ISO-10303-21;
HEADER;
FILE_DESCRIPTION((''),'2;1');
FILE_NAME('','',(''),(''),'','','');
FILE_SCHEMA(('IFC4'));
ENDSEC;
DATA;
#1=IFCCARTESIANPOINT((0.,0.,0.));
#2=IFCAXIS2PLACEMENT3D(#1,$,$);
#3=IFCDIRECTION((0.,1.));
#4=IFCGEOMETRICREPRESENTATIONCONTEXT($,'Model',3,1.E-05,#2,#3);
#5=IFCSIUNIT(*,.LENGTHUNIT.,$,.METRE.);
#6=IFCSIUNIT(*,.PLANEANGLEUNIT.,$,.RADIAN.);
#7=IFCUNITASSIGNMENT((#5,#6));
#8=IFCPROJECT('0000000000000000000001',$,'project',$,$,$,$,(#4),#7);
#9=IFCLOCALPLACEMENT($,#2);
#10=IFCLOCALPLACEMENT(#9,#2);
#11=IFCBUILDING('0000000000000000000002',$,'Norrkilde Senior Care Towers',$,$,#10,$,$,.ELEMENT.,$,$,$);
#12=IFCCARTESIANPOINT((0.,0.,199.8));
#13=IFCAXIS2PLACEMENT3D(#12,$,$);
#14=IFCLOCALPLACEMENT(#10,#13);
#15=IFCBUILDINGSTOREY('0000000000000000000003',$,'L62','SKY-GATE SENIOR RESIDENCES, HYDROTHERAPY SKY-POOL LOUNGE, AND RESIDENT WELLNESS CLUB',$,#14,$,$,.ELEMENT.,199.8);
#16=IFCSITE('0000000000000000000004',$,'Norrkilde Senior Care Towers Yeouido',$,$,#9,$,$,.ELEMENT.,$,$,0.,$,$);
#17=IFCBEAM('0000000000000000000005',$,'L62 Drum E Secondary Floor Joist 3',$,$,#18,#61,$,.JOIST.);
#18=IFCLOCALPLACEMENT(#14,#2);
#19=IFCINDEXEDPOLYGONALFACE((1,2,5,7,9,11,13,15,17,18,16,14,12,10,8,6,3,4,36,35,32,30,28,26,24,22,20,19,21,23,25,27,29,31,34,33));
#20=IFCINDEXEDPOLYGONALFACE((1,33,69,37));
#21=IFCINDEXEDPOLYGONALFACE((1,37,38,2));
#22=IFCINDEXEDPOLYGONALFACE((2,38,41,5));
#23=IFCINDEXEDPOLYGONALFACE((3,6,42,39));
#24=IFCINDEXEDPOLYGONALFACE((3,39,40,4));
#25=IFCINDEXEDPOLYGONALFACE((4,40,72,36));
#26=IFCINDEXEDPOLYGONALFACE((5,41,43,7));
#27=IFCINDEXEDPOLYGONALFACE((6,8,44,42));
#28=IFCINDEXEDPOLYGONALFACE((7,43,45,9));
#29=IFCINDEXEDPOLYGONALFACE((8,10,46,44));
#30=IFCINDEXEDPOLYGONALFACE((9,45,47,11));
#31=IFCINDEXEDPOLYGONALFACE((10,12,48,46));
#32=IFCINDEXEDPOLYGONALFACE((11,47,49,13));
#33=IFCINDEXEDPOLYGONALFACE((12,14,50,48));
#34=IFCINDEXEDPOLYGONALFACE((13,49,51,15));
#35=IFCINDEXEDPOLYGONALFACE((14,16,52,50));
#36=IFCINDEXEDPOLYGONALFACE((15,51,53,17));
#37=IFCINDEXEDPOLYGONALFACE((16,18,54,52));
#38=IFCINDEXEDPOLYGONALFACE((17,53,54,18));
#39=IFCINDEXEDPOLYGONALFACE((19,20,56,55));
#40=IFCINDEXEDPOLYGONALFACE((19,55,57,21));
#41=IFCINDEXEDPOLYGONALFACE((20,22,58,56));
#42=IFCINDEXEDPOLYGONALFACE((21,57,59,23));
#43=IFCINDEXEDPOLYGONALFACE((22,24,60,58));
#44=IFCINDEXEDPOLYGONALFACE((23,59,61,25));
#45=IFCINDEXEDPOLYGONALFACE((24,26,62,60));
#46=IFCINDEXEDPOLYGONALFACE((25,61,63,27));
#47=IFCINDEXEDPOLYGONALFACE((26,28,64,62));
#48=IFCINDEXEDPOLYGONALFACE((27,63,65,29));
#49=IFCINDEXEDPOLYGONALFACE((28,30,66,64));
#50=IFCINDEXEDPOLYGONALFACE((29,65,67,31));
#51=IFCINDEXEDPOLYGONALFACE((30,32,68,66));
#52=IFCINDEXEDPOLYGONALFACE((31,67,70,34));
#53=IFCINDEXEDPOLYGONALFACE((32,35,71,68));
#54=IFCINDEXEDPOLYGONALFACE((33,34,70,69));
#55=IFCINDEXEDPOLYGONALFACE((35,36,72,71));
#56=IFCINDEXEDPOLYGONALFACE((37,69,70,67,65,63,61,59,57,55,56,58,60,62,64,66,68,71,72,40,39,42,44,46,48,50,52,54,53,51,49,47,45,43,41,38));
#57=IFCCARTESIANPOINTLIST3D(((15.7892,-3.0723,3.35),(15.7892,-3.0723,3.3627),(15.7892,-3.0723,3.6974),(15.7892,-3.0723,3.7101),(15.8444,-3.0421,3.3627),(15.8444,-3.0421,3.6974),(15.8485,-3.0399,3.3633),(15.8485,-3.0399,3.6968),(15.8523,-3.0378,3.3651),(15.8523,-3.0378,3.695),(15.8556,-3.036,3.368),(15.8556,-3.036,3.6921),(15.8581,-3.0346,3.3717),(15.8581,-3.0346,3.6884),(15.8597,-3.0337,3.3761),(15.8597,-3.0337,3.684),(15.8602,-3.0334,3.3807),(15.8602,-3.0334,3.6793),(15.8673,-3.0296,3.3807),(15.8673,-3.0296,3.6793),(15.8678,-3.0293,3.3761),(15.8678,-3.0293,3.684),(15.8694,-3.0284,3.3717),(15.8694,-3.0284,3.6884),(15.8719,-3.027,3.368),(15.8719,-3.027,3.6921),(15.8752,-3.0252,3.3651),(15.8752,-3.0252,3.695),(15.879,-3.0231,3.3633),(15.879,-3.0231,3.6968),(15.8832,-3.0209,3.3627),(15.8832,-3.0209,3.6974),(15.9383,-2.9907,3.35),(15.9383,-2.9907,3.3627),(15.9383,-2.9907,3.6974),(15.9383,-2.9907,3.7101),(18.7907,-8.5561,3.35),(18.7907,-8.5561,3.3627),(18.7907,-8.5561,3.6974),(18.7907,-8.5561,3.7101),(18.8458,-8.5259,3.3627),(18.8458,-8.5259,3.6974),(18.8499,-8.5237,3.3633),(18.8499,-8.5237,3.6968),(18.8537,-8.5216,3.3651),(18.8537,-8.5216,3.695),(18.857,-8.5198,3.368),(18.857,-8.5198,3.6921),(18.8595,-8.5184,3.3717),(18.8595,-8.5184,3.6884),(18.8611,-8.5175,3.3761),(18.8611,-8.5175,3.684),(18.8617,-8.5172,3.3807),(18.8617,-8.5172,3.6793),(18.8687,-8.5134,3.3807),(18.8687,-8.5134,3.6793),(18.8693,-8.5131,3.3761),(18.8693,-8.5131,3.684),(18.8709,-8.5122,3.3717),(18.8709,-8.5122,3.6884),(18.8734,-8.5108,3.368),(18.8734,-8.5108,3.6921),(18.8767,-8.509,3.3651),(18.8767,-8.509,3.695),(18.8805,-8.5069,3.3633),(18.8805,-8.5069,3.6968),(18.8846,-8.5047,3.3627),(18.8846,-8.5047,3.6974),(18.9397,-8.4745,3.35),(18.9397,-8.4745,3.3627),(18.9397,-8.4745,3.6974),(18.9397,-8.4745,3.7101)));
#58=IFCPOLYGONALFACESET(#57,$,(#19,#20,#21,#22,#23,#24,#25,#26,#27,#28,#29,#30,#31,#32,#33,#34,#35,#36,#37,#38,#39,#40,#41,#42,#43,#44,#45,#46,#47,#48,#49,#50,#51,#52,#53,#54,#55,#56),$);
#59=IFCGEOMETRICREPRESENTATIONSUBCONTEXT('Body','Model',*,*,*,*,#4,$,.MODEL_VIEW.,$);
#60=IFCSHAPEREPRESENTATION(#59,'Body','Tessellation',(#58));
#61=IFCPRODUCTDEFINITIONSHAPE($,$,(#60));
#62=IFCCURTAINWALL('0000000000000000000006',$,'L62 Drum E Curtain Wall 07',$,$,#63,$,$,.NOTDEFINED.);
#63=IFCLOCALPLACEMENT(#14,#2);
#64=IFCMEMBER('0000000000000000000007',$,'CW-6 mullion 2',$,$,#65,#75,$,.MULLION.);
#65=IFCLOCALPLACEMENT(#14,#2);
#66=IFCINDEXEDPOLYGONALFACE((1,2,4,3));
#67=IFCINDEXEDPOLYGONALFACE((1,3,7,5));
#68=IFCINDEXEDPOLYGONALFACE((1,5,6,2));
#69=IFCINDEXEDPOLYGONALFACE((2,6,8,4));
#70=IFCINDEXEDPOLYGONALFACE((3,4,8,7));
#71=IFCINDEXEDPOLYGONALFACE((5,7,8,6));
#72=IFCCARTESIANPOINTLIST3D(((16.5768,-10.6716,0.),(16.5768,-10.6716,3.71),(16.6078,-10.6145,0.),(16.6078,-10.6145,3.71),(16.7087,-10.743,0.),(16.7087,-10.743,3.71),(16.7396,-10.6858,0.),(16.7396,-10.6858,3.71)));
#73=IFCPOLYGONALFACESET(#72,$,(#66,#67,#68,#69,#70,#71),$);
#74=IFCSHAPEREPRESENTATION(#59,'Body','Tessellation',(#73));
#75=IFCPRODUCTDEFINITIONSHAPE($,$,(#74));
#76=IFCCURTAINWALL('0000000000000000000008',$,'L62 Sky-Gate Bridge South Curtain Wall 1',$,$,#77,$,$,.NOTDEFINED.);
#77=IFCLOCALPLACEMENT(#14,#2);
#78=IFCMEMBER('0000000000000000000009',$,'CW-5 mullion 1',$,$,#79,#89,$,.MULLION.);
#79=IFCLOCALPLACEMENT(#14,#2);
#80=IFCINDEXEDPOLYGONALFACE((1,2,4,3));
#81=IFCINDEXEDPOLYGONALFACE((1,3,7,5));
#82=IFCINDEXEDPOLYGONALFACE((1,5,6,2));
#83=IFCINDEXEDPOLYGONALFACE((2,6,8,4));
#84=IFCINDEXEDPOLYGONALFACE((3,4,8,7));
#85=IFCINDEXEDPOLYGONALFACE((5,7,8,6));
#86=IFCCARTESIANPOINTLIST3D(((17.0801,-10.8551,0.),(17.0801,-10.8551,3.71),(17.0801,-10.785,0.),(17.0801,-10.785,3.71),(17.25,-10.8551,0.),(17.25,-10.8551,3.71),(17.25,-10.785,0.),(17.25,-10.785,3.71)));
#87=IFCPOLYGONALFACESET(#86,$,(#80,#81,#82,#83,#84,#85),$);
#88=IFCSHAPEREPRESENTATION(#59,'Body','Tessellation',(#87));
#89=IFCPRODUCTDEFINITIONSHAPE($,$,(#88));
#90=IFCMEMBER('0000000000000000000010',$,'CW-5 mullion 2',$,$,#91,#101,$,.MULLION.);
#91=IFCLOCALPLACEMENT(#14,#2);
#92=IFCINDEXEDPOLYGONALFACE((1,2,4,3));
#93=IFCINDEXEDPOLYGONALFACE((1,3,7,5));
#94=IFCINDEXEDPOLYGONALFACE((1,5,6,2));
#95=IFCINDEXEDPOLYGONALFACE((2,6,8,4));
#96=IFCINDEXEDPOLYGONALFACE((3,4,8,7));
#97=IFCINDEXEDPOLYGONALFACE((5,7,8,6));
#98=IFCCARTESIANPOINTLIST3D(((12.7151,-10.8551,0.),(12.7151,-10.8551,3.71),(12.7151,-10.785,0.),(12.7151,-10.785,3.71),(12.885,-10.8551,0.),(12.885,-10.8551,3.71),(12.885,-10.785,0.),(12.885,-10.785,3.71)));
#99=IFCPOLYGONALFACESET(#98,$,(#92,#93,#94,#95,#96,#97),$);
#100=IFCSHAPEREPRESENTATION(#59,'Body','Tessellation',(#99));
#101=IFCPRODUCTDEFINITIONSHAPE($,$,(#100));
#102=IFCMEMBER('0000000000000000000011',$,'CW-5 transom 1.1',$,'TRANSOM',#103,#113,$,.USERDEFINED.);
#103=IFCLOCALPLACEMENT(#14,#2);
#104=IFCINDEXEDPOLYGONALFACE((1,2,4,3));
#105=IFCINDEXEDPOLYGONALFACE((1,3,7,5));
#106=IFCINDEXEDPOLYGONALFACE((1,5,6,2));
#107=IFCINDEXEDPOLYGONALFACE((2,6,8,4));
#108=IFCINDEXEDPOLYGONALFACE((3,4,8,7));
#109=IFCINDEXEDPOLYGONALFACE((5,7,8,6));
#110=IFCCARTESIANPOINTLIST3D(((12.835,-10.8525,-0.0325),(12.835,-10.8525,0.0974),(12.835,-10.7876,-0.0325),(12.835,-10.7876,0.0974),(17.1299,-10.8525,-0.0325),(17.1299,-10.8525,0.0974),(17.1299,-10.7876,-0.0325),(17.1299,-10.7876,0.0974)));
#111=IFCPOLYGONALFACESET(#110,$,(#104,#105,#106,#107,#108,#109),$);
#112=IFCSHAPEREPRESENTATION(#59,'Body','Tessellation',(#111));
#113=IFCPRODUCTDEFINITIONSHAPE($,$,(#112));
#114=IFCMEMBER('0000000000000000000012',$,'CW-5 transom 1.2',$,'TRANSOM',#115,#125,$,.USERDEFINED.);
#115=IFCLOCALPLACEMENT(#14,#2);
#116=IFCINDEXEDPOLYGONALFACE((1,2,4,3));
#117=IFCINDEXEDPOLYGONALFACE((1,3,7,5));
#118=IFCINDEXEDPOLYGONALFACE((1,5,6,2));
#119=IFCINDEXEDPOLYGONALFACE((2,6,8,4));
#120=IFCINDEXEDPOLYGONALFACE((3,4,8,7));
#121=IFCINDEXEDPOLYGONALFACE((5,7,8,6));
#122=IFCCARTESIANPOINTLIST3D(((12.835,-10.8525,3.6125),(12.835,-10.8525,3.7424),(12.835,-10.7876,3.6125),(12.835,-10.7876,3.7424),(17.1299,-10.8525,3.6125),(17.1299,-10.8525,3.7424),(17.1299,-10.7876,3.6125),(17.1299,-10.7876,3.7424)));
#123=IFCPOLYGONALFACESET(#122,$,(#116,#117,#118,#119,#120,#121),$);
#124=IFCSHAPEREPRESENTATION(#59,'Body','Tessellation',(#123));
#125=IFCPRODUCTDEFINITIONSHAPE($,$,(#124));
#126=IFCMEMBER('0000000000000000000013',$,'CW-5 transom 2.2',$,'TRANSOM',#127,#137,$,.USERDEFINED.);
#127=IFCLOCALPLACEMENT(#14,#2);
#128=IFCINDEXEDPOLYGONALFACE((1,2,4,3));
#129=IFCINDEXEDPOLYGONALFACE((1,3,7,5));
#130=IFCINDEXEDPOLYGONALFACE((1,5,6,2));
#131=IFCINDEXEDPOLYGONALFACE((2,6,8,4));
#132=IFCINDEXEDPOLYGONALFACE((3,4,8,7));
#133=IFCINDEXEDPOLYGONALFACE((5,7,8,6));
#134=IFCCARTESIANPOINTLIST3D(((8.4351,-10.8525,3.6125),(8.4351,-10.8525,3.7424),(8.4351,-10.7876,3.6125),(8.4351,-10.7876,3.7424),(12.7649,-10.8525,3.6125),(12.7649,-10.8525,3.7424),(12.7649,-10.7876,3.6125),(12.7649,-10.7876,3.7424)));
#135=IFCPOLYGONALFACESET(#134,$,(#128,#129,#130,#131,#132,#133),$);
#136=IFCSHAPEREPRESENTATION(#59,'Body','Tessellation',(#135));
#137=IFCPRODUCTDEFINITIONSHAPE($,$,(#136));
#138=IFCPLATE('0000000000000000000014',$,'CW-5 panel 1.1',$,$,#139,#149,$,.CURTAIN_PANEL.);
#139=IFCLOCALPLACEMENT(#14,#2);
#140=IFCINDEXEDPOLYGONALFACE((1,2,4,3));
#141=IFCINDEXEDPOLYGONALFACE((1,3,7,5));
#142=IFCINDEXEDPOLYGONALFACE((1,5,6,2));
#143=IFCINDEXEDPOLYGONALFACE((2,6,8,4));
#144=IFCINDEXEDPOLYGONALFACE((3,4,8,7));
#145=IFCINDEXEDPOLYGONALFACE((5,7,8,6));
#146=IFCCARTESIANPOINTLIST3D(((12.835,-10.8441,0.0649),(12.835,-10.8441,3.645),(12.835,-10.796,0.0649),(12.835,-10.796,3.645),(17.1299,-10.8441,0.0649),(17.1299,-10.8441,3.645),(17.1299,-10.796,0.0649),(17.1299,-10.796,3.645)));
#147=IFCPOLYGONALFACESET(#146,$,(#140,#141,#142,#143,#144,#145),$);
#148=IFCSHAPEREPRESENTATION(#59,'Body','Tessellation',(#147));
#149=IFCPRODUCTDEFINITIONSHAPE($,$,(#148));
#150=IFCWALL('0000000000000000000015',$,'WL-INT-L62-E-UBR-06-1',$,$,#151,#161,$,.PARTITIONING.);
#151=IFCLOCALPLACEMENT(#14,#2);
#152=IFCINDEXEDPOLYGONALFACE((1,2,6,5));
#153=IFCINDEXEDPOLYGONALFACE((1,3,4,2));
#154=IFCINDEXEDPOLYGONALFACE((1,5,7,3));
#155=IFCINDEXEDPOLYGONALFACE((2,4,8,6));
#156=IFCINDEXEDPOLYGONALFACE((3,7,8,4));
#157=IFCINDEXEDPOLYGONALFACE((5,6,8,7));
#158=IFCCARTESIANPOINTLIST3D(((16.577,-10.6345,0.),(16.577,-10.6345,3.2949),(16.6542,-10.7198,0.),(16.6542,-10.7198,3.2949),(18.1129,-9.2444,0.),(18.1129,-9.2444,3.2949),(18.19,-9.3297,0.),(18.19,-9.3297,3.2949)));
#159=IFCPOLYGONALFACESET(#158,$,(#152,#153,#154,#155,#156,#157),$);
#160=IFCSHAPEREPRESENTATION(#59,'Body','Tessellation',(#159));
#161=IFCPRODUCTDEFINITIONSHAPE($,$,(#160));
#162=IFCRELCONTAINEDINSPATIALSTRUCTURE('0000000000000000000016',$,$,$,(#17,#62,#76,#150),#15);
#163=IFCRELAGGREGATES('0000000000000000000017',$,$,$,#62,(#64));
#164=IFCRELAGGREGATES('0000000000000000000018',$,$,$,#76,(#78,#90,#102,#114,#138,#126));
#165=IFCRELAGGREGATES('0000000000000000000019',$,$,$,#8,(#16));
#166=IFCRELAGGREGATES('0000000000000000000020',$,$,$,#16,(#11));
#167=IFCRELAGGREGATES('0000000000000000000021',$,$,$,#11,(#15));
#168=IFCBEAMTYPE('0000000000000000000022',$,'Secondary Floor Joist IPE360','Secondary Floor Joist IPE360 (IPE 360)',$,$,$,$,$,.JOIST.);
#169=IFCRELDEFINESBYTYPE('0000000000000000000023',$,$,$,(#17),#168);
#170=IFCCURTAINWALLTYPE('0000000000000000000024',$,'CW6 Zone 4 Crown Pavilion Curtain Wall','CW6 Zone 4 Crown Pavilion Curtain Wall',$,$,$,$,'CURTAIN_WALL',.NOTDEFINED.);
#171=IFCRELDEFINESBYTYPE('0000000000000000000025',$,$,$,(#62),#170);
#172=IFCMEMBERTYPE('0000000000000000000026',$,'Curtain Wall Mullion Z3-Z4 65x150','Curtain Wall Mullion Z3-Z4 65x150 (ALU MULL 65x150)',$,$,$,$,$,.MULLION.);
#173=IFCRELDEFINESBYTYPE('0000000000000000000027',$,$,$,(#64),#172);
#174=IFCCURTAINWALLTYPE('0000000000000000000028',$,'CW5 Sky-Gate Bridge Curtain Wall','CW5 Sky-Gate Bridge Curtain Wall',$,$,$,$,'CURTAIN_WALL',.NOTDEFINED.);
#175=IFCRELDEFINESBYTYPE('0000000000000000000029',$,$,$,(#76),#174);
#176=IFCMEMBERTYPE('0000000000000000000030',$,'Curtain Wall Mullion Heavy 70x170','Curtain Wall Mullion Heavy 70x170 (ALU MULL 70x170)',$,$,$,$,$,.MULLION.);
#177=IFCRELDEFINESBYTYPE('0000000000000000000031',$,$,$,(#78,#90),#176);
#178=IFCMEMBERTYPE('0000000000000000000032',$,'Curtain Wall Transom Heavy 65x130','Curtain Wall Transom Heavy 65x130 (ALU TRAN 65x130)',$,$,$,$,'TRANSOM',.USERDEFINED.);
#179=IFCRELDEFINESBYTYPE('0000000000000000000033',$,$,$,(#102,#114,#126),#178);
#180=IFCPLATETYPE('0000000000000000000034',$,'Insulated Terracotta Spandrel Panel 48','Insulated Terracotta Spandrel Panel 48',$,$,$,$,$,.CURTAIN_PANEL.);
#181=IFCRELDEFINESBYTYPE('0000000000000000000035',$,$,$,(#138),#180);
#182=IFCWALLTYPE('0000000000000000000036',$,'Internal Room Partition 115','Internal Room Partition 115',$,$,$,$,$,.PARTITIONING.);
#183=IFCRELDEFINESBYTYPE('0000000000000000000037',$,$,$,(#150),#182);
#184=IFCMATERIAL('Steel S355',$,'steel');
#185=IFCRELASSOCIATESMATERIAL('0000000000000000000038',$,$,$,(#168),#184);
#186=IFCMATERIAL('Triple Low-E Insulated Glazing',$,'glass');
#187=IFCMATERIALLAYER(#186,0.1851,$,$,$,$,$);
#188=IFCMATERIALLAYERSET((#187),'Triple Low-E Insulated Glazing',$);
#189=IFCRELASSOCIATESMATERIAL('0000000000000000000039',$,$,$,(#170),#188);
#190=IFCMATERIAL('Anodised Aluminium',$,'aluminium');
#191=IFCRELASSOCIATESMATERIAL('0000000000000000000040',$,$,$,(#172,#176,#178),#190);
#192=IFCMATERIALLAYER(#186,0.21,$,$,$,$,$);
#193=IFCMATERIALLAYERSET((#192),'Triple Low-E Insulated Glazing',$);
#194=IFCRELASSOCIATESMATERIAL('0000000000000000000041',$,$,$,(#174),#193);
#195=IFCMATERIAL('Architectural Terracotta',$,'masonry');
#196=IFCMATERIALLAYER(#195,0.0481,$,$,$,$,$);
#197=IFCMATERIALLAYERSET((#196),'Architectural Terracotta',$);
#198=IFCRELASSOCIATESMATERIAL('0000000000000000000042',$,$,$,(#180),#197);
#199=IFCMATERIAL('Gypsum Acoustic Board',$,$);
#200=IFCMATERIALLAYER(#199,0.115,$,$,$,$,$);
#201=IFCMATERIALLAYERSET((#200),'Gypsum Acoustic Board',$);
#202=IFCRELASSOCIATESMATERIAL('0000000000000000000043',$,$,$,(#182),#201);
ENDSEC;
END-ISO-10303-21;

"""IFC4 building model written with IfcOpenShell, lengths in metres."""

from ifc_helpers import new_model, si_unit, direction, frame, frame_2d, origin, origin_2d, place, context, subcontext, project, spatial, rectangle, i_section, extrude, source, transform, mapped, material, layer, layer_set, material_profile, profile_set, type_object, type_shapes, element, aggregate, save


model = new_model("IFC4")

# Units and contexts
model_context = context("Model", 3, precision=1e-05, world=origin(), true_north=direction((0.0, 1.0)))
body_context = subcontext(model_context, "Body", "Model", "MODEL_VIEW")
ifc_project = project(units=[si_unit("LENGTHUNIT", "METRE"), si_unit("PLANEANGLEUNIT", "RADIAN")], contexts=[model_context])

# Site, building, storey
site_placement = place(None, origin())
site = spatial("IfcSite", under=ifc_project, at=site_placement, Name="Norrkilde Senior Care Towers Yeouido", CompositionType="ELEMENT", RefElevation=0.0)
building_placement = place(site_placement, origin())
building = spatial("IfcBuilding", under=site, at=building_placement, Name="Norrkilde Senior Care Towers", CompositionType="ELEMENT")
storey_placement = place(building_placement, frame((0.0, 0.0, 199.8)))
storey = spatial("IfcBuildingStorey", under=building, at=storey_placement, Name="L62", Description="SKY-GATE SENIOR RESIDENCES, HYDROTHERAPY SKY-POOL LOUNGE, AND RESIDENT WELLNESS CLUB", CompositionType="ELEMENT", Elevation=199.8)

# Beam
ifc_material_1 = material(Name="Steel S355", Category="steel")
ifc_material_profile_1 = material_profile(ifc_material_1, i_section(OverallWidth=0.1699, OverallDepth=0.3601, WebThickness=0.0081, FlangeThickness=0.0127, FilletRadius=0.0181, at=origin_2d()), Name="IPE 360")
ifc_profile_set_1 = profile_set([ifc_material_profile_1], Name="Steel S355")
beam_type_1 = type_object("IfcBeamType", Name="Secondary Floor Joist IPE360", Description="Secondary Floor Joist IPE360 (IPE 360)", PredefinedType="JOIST", material=ifc_profile_set_1)
shared_shape_1 = source(origin(), body_context, "Body", "SweptSolid", [
    extrude(i_section(OverallWidth=0.1699, OverallDepth=0.3601, WebThickness=0.0081, FlangeThickness=0.0127, FilletRadius=0.0181, at=origin_2d()), origin(), (0.0, 0.0, 1.0), 6.2515),
])
type_shapes(beam_type_1, [shared_shape_1])
beam_1_placement = place(storey_placement, frame((15.8638, -3.0315, 3.53), z_axis=(0.480116, -0.877205, 0.0), x_axis=(0.877205, 0.480116, 0.0)))
element("IfcBeam", 1, at=beam_1_placement, inside=storey, type_object=beam_type_1, Name="L62 Drum E Secondary Floor Joist 3", PredefinedType="JOIST", context=body_context, shape_type="MappedRepresentation", body=[
    mapped(shared_shape_1, transform((0.0, 0.0, 0.0), x_axis=(1.0, 0.0, 0.0), y_axis=(0.0, 1.0, 0.0), z_axis=(0.0, 0.0, 1.0), scale=1.0)),
])

# Curtain wall, member
ifc_material_2 = material(Name="Triple Low-E Insulated Glazing", Category="glass")
ifc_layer_1 = layer(ifc_material_2, 0.1851)
ifc_layer_set_1 = layer_set([ifc_layer_1], Name="Triple Low-E Insulated Glazing")
curtain_wall_type_1 = type_object("IfcCurtainWallType", Name="CW6 Zone 4 Crown Pavilion Curtain Wall", Description="CW6 Zone 4 Crown Pavilion Curtain Wall", ElementType="CURTAIN_WALL", PredefinedType="NOTDEFINED", material=ifc_layer_set_1)
curtain_wall_1_placement = place(storey_placement, origin())
curtain_wall_1 = element("IfcCurtainWall", 2, at=curtain_wall_1_placement, inside=storey, type_object=curtain_wall_type_1, Name="L62 Drum E Curtain Wall 07", PredefinedType="NOTDEFINED")
ifc_material_3 = material(Name="Anodised Aluminium", Category="aluminium")
ifc_material_profile_2 = material_profile(ifc_material_3, rectangle(XDim=0.0649, YDim=0.1499, at=origin_2d()), Name="ALU MULL 65x150")
ifc_profile_set_2 = profile_set([ifc_material_profile_2], Name="Anodised Aluminium")
member_type_1 = type_object("IfcMemberType", Name="Curtain Wall Mullion Z3-Z4 65x150", Description="Curtain Wall Mullion Z3-Z4 65x150 (ALU MULL 65x150)", PredefinedType="MULLION", material=ifc_profile_set_2)
shared_shape_2 = source(origin(), body_context, "Body", "SweptSolid", [
    extrude(rectangle(XDim=0.0649, YDim=0.1499, at=origin_2d()), origin(), (0.0, 0.0, 1.0), 3.71),
])
type_shapes(member_type_1, [shared_shape_2])
member_1_placement = place(storey_placement, frame((16.6582, -10.6787, 0.0), z_axis=(0.0, 0.0, 1.0), x_axis=(-0.476133, -0.879373, 0.0)))
member_1 = element("IfcMember", 3, at=member_1_placement, type_object=member_type_1, Name="CW-6 mullion 2", PredefinedType="MULLION", context=body_context, shape_type="MappedRepresentation", body=[
    mapped(shared_shape_2, transform((0.0, 0.0, 0.0), x_axis=(1.0, 0.0, 0.0), y_axis=(0.0, 1.0, 0.0), z_axis=(0.0, 0.0, 1.0), scale=1.0)),
])
aggregate(curtain_wall_1, [member_1])

# Curtain wall, members, plate
ifc_layer_2 = layer(ifc_material_2, 0.21)
ifc_layer_set_2 = layer_set([ifc_layer_2], Name="Triple Low-E Insulated Glazing")
curtain_wall_type_2 = type_object("IfcCurtainWallType", Name="CW5 Sky-Gate Bridge Curtain Wall", Description="CW5 Sky-Gate Bridge Curtain Wall", ElementType="CURTAIN_WALL", PredefinedType="NOTDEFINED", material=ifc_layer_set_2)
curtain_wall_2_placement = place(storey_placement, origin())
curtain_wall_2 = element("IfcCurtainWall", 4, at=curtain_wall_2_placement, inside=storey, type_object=curtain_wall_type_2, Name="L62 Sky-Gate Bridge South Curtain Wall 1", PredefinedType="NOTDEFINED")
ifc_material_profile_3 = material_profile(ifc_material_3, rectangle(XDim=0.0701, YDim=0.1699, at=origin_2d()), Name="ALU MULL 70x170")
ifc_profile_set_3 = profile_set([ifc_material_profile_3], Name="Anodised Aluminium")
member_type_2 = type_object("IfcMemberType", Name="Curtain Wall Mullion Heavy 70x170", Description="Curtain Wall Mullion Heavy 70x170 (ALU MULL 70x170)", PredefinedType="MULLION", material=ifc_profile_set_3)
shared_shape_3 = source(origin(), body_context, "Body", "SweptSolid", [
    extrude(rectangle(XDim=0.0701, YDim=0.1699, at=origin_2d()), origin(), (0.0, 0.0, 1.0), 3.71),
])
type_shapes(member_type_2, [shared_shape_3])
member_2_placement = place(storey_placement, frame((17.165, -10.8201, 0.0), z_axis=(0.0, 0.0, 1.0), x_axis=(0.0, -1.0, 0.0)))
member_2 = element("IfcMember", 5, at=member_2_placement, type_object=member_type_2, Name="CW-5 mullion 1", PredefinedType="MULLION", context=body_context, shape_type="MappedRepresentation", body=[
    mapped(shared_shape_3, transform((0.0, 0.0, 0.0), x_axis=(1.0, 0.0, 0.0), y_axis=(0.0, 1.0, 0.0), z_axis=(0.0, 0.0, 1.0), scale=1.0)),
])
member_3_placement = place(storey_placement, frame((12.8, -10.8201, 0.0), z_axis=(0.0, 0.0, 1.0), x_axis=(0.0, -1.0, 0.0)))
member_3 = element("IfcMember", 6, at=member_3_placement, type_object=member_type_2, Name="CW-5 mullion 2", PredefinedType="MULLION", context=body_context, shape_type="MappedRepresentation", body=[
    mapped(shared_shape_3, transform((0.0, 0.0, 0.0), x_axis=(1.0, 0.0, 0.0), y_axis=(0.0, 1.0, 0.0), z_axis=(0.0, 0.0, 1.0), scale=1.0)),
])
ifc_material_profile_4 = material_profile(ifc_material_3, rectangle(XDim=0.0649, YDim=0.1299, at=origin_2d()), Name="ALU TRAN 65x130")
ifc_profile_set_4 = profile_set([ifc_material_profile_4], Name="Anodised Aluminium")
member_type_3 = type_object("IfcMemberType", Name="Curtain Wall Transom Heavy 65x130", Description="Curtain Wall Transom Heavy 65x130 (ALU TRAN 65x130)", ElementType="TRANSOM", PredefinedType="USERDEFINED", material=ifc_profile_set_4)
shared_shape_4 = source(origin(), body_context, "Body", "SweptSolid", [
    extrude(rectangle(XDim=0.0649, YDim=0.1299, at=origin_2d()), origin(), (0.0, 0.0, 1.0), 4.2949),
])
member_4_placement = place(storey_placement, frame((17.1299, -10.8201, 0.0325), z_axis=(-1.0, 0.0, 0.0), x_axis=(0.0, -1.0, 0.0)))
member_4 = element("IfcMember", 7, at=member_4_placement, type_object=member_type_3, Name="CW-5 transom 1.1", ObjectType="TRANSOM", PredefinedType="USERDEFINED", context=body_context, shape_type="MappedRepresentation", body=[
    mapped(shared_shape_4, transform((0.0, 0.0, 0.0), x_axis=(1.0, 0.0, 0.0), y_axis=(0.0, 1.0, 0.0), z_axis=(0.0, 0.0, 1.0), scale=1.0)),
])
member_5_placement = place(storey_placement, frame((17.1299, -10.8201, 3.6775), z_axis=(-1.0, 0.0, 0.0), x_axis=(0.0, -1.0, 0.0)))
member_5 = element("IfcMember", 8, at=member_5_placement, type_object=member_type_3, Name="CW-5 transom 1.2", ObjectType="TRANSOM", PredefinedType="USERDEFINED", context=body_context, shape_type="MappedRepresentation", body=[
    mapped(shared_shape_4, transform((0.0, 0.0, 0.0), x_axis=(1.0, 0.0, 0.0), y_axis=(0.0, 1.0, 0.0), z_axis=(0.0, 0.0, 1.0), scale=1.0)),
])
shared_shape_5 = source(origin(), body_context, "Body", "SweptSolid", [
    extrude(rectangle(XDim=0.0649, YDim=0.1299, at=origin_2d()), origin(), (0.0, 0.0, 1.0), 4.3298),
])
type_shapes(member_type_3, [shared_shape_4, shared_shape_5])
member_6_placement = place(storey_placement, frame((12.7649, -10.8201, 3.6775), z_axis=(-1.0, 0.0, 0.0), x_axis=(0.0, -1.0, 0.0)))
member_6 = element("IfcMember", 9, at=member_6_placement, type_object=member_type_3, Name="CW-5 transom 2.2", ObjectType="TRANSOM", PredefinedType="USERDEFINED", context=body_context, shape_type="MappedRepresentation", body=[
    mapped(shared_shape_5, transform((0.0, 0.0, 0.0), x_axis=(1.0, 0.0, 0.0), y_axis=(0.0, 1.0, 0.0), z_axis=(0.0, 0.0, 1.0), scale=1.0)),
])
ifc_material_4 = material(Name="Architectural Terracotta", Category="masonry")
ifc_layer_3 = layer(ifc_material_4, 0.0481)
ifc_layer_set_3 = layer_set([ifc_layer_3], Name="Architectural Terracotta")
plate_type = type_object("IfcPlateType", Name="Insulated Terracotta Spandrel Panel 48", Description="Insulated Terracotta Spandrel Panel 48", PredefinedType="CURTAIN_PANEL", material=ifc_layer_set_3)
shared_shape_6 = source(origin(), body_context, "Body", "SweptSolid", [
    extrude(rectangle(XDim=4.2949, YDim=0.0481, at=origin_2d()), origin(), (0.0, 0.0, 1.0), 3.5801),
])
type_shapes(plate_type, [shared_shape_6])
plate_placement = place(storey_placement, frame((14.9824, -10.8201, 0.0649), z_axis=(0.0, 0.0, 1.0), x_axis=(-1.0, 0.0, 0.0)))
plate = element("IfcPlate", 10, at=plate_placement, type_object=plate_type, Name="CW-5 panel 1.1", PredefinedType="CURTAIN_PANEL", context=body_context, shape_type="MappedRepresentation", body=[
    mapped(shared_shape_6, transform((0.0, 0.0, 0.0), x_axis=(1.0, 0.0, 0.0), y_axis=(0.0, 1.0, 0.0), z_axis=(0.0, 0.0, 1.0), scale=1.0)),
])
aggregate(curtain_wall_2, [member_2, member_3, member_4, member_5, plate, member_6])

# Wall
ifc_material_5 = material(Name="Gypsum Acoustic Board")
ifc_layer_4 = layer(ifc_material_5, 0.115)
ifc_layer_set_4 = layer_set([ifc_layer_4], Name="Gypsum Acoustic Board")
wall_type_1 = type_object("IfcWallType", Name="Internal Room Partition 115", Description="Internal Room Partition 115", PredefinedType="PARTITIONING", material=ifc_layer_set_4)
shared_shape_7 = source(origin(), body_context, "Body", "SweptSolid", [
    extrude(rectangle(XDim=2.0715, YDim=0.115, at=frame_2d((1.0356, 0.0))), origin(), (0.0, 0.0, 1.0), 3.2949),
])
wall_1_placement = place(storey_placement, frame((18.1514, -9.2871, 0.0), z_axis=(0.0, 0.0, 1.0), x_axis=(-0.74141, -0.671052, 0.0)))
element("IfcWall", 11, at=wall_1_placement, inside=storey, type_object=wall_type_1, Name="WL-INT-L62-E-UBR-06-1", PredefinedType="PARTITIONING", context=body_context, shape_type="MappedRepresentation", body=[
    mapped(shared_shape_7, transform((0.0, 0.0, 0.0), x_axis=(1.0, 0.0, 0.0), y_axis=(0.0, 1.0, 0.0), z_axis=(0.0, 0.0, 1.0), scale=1.0)),
])

save(model, "model.ifc")
